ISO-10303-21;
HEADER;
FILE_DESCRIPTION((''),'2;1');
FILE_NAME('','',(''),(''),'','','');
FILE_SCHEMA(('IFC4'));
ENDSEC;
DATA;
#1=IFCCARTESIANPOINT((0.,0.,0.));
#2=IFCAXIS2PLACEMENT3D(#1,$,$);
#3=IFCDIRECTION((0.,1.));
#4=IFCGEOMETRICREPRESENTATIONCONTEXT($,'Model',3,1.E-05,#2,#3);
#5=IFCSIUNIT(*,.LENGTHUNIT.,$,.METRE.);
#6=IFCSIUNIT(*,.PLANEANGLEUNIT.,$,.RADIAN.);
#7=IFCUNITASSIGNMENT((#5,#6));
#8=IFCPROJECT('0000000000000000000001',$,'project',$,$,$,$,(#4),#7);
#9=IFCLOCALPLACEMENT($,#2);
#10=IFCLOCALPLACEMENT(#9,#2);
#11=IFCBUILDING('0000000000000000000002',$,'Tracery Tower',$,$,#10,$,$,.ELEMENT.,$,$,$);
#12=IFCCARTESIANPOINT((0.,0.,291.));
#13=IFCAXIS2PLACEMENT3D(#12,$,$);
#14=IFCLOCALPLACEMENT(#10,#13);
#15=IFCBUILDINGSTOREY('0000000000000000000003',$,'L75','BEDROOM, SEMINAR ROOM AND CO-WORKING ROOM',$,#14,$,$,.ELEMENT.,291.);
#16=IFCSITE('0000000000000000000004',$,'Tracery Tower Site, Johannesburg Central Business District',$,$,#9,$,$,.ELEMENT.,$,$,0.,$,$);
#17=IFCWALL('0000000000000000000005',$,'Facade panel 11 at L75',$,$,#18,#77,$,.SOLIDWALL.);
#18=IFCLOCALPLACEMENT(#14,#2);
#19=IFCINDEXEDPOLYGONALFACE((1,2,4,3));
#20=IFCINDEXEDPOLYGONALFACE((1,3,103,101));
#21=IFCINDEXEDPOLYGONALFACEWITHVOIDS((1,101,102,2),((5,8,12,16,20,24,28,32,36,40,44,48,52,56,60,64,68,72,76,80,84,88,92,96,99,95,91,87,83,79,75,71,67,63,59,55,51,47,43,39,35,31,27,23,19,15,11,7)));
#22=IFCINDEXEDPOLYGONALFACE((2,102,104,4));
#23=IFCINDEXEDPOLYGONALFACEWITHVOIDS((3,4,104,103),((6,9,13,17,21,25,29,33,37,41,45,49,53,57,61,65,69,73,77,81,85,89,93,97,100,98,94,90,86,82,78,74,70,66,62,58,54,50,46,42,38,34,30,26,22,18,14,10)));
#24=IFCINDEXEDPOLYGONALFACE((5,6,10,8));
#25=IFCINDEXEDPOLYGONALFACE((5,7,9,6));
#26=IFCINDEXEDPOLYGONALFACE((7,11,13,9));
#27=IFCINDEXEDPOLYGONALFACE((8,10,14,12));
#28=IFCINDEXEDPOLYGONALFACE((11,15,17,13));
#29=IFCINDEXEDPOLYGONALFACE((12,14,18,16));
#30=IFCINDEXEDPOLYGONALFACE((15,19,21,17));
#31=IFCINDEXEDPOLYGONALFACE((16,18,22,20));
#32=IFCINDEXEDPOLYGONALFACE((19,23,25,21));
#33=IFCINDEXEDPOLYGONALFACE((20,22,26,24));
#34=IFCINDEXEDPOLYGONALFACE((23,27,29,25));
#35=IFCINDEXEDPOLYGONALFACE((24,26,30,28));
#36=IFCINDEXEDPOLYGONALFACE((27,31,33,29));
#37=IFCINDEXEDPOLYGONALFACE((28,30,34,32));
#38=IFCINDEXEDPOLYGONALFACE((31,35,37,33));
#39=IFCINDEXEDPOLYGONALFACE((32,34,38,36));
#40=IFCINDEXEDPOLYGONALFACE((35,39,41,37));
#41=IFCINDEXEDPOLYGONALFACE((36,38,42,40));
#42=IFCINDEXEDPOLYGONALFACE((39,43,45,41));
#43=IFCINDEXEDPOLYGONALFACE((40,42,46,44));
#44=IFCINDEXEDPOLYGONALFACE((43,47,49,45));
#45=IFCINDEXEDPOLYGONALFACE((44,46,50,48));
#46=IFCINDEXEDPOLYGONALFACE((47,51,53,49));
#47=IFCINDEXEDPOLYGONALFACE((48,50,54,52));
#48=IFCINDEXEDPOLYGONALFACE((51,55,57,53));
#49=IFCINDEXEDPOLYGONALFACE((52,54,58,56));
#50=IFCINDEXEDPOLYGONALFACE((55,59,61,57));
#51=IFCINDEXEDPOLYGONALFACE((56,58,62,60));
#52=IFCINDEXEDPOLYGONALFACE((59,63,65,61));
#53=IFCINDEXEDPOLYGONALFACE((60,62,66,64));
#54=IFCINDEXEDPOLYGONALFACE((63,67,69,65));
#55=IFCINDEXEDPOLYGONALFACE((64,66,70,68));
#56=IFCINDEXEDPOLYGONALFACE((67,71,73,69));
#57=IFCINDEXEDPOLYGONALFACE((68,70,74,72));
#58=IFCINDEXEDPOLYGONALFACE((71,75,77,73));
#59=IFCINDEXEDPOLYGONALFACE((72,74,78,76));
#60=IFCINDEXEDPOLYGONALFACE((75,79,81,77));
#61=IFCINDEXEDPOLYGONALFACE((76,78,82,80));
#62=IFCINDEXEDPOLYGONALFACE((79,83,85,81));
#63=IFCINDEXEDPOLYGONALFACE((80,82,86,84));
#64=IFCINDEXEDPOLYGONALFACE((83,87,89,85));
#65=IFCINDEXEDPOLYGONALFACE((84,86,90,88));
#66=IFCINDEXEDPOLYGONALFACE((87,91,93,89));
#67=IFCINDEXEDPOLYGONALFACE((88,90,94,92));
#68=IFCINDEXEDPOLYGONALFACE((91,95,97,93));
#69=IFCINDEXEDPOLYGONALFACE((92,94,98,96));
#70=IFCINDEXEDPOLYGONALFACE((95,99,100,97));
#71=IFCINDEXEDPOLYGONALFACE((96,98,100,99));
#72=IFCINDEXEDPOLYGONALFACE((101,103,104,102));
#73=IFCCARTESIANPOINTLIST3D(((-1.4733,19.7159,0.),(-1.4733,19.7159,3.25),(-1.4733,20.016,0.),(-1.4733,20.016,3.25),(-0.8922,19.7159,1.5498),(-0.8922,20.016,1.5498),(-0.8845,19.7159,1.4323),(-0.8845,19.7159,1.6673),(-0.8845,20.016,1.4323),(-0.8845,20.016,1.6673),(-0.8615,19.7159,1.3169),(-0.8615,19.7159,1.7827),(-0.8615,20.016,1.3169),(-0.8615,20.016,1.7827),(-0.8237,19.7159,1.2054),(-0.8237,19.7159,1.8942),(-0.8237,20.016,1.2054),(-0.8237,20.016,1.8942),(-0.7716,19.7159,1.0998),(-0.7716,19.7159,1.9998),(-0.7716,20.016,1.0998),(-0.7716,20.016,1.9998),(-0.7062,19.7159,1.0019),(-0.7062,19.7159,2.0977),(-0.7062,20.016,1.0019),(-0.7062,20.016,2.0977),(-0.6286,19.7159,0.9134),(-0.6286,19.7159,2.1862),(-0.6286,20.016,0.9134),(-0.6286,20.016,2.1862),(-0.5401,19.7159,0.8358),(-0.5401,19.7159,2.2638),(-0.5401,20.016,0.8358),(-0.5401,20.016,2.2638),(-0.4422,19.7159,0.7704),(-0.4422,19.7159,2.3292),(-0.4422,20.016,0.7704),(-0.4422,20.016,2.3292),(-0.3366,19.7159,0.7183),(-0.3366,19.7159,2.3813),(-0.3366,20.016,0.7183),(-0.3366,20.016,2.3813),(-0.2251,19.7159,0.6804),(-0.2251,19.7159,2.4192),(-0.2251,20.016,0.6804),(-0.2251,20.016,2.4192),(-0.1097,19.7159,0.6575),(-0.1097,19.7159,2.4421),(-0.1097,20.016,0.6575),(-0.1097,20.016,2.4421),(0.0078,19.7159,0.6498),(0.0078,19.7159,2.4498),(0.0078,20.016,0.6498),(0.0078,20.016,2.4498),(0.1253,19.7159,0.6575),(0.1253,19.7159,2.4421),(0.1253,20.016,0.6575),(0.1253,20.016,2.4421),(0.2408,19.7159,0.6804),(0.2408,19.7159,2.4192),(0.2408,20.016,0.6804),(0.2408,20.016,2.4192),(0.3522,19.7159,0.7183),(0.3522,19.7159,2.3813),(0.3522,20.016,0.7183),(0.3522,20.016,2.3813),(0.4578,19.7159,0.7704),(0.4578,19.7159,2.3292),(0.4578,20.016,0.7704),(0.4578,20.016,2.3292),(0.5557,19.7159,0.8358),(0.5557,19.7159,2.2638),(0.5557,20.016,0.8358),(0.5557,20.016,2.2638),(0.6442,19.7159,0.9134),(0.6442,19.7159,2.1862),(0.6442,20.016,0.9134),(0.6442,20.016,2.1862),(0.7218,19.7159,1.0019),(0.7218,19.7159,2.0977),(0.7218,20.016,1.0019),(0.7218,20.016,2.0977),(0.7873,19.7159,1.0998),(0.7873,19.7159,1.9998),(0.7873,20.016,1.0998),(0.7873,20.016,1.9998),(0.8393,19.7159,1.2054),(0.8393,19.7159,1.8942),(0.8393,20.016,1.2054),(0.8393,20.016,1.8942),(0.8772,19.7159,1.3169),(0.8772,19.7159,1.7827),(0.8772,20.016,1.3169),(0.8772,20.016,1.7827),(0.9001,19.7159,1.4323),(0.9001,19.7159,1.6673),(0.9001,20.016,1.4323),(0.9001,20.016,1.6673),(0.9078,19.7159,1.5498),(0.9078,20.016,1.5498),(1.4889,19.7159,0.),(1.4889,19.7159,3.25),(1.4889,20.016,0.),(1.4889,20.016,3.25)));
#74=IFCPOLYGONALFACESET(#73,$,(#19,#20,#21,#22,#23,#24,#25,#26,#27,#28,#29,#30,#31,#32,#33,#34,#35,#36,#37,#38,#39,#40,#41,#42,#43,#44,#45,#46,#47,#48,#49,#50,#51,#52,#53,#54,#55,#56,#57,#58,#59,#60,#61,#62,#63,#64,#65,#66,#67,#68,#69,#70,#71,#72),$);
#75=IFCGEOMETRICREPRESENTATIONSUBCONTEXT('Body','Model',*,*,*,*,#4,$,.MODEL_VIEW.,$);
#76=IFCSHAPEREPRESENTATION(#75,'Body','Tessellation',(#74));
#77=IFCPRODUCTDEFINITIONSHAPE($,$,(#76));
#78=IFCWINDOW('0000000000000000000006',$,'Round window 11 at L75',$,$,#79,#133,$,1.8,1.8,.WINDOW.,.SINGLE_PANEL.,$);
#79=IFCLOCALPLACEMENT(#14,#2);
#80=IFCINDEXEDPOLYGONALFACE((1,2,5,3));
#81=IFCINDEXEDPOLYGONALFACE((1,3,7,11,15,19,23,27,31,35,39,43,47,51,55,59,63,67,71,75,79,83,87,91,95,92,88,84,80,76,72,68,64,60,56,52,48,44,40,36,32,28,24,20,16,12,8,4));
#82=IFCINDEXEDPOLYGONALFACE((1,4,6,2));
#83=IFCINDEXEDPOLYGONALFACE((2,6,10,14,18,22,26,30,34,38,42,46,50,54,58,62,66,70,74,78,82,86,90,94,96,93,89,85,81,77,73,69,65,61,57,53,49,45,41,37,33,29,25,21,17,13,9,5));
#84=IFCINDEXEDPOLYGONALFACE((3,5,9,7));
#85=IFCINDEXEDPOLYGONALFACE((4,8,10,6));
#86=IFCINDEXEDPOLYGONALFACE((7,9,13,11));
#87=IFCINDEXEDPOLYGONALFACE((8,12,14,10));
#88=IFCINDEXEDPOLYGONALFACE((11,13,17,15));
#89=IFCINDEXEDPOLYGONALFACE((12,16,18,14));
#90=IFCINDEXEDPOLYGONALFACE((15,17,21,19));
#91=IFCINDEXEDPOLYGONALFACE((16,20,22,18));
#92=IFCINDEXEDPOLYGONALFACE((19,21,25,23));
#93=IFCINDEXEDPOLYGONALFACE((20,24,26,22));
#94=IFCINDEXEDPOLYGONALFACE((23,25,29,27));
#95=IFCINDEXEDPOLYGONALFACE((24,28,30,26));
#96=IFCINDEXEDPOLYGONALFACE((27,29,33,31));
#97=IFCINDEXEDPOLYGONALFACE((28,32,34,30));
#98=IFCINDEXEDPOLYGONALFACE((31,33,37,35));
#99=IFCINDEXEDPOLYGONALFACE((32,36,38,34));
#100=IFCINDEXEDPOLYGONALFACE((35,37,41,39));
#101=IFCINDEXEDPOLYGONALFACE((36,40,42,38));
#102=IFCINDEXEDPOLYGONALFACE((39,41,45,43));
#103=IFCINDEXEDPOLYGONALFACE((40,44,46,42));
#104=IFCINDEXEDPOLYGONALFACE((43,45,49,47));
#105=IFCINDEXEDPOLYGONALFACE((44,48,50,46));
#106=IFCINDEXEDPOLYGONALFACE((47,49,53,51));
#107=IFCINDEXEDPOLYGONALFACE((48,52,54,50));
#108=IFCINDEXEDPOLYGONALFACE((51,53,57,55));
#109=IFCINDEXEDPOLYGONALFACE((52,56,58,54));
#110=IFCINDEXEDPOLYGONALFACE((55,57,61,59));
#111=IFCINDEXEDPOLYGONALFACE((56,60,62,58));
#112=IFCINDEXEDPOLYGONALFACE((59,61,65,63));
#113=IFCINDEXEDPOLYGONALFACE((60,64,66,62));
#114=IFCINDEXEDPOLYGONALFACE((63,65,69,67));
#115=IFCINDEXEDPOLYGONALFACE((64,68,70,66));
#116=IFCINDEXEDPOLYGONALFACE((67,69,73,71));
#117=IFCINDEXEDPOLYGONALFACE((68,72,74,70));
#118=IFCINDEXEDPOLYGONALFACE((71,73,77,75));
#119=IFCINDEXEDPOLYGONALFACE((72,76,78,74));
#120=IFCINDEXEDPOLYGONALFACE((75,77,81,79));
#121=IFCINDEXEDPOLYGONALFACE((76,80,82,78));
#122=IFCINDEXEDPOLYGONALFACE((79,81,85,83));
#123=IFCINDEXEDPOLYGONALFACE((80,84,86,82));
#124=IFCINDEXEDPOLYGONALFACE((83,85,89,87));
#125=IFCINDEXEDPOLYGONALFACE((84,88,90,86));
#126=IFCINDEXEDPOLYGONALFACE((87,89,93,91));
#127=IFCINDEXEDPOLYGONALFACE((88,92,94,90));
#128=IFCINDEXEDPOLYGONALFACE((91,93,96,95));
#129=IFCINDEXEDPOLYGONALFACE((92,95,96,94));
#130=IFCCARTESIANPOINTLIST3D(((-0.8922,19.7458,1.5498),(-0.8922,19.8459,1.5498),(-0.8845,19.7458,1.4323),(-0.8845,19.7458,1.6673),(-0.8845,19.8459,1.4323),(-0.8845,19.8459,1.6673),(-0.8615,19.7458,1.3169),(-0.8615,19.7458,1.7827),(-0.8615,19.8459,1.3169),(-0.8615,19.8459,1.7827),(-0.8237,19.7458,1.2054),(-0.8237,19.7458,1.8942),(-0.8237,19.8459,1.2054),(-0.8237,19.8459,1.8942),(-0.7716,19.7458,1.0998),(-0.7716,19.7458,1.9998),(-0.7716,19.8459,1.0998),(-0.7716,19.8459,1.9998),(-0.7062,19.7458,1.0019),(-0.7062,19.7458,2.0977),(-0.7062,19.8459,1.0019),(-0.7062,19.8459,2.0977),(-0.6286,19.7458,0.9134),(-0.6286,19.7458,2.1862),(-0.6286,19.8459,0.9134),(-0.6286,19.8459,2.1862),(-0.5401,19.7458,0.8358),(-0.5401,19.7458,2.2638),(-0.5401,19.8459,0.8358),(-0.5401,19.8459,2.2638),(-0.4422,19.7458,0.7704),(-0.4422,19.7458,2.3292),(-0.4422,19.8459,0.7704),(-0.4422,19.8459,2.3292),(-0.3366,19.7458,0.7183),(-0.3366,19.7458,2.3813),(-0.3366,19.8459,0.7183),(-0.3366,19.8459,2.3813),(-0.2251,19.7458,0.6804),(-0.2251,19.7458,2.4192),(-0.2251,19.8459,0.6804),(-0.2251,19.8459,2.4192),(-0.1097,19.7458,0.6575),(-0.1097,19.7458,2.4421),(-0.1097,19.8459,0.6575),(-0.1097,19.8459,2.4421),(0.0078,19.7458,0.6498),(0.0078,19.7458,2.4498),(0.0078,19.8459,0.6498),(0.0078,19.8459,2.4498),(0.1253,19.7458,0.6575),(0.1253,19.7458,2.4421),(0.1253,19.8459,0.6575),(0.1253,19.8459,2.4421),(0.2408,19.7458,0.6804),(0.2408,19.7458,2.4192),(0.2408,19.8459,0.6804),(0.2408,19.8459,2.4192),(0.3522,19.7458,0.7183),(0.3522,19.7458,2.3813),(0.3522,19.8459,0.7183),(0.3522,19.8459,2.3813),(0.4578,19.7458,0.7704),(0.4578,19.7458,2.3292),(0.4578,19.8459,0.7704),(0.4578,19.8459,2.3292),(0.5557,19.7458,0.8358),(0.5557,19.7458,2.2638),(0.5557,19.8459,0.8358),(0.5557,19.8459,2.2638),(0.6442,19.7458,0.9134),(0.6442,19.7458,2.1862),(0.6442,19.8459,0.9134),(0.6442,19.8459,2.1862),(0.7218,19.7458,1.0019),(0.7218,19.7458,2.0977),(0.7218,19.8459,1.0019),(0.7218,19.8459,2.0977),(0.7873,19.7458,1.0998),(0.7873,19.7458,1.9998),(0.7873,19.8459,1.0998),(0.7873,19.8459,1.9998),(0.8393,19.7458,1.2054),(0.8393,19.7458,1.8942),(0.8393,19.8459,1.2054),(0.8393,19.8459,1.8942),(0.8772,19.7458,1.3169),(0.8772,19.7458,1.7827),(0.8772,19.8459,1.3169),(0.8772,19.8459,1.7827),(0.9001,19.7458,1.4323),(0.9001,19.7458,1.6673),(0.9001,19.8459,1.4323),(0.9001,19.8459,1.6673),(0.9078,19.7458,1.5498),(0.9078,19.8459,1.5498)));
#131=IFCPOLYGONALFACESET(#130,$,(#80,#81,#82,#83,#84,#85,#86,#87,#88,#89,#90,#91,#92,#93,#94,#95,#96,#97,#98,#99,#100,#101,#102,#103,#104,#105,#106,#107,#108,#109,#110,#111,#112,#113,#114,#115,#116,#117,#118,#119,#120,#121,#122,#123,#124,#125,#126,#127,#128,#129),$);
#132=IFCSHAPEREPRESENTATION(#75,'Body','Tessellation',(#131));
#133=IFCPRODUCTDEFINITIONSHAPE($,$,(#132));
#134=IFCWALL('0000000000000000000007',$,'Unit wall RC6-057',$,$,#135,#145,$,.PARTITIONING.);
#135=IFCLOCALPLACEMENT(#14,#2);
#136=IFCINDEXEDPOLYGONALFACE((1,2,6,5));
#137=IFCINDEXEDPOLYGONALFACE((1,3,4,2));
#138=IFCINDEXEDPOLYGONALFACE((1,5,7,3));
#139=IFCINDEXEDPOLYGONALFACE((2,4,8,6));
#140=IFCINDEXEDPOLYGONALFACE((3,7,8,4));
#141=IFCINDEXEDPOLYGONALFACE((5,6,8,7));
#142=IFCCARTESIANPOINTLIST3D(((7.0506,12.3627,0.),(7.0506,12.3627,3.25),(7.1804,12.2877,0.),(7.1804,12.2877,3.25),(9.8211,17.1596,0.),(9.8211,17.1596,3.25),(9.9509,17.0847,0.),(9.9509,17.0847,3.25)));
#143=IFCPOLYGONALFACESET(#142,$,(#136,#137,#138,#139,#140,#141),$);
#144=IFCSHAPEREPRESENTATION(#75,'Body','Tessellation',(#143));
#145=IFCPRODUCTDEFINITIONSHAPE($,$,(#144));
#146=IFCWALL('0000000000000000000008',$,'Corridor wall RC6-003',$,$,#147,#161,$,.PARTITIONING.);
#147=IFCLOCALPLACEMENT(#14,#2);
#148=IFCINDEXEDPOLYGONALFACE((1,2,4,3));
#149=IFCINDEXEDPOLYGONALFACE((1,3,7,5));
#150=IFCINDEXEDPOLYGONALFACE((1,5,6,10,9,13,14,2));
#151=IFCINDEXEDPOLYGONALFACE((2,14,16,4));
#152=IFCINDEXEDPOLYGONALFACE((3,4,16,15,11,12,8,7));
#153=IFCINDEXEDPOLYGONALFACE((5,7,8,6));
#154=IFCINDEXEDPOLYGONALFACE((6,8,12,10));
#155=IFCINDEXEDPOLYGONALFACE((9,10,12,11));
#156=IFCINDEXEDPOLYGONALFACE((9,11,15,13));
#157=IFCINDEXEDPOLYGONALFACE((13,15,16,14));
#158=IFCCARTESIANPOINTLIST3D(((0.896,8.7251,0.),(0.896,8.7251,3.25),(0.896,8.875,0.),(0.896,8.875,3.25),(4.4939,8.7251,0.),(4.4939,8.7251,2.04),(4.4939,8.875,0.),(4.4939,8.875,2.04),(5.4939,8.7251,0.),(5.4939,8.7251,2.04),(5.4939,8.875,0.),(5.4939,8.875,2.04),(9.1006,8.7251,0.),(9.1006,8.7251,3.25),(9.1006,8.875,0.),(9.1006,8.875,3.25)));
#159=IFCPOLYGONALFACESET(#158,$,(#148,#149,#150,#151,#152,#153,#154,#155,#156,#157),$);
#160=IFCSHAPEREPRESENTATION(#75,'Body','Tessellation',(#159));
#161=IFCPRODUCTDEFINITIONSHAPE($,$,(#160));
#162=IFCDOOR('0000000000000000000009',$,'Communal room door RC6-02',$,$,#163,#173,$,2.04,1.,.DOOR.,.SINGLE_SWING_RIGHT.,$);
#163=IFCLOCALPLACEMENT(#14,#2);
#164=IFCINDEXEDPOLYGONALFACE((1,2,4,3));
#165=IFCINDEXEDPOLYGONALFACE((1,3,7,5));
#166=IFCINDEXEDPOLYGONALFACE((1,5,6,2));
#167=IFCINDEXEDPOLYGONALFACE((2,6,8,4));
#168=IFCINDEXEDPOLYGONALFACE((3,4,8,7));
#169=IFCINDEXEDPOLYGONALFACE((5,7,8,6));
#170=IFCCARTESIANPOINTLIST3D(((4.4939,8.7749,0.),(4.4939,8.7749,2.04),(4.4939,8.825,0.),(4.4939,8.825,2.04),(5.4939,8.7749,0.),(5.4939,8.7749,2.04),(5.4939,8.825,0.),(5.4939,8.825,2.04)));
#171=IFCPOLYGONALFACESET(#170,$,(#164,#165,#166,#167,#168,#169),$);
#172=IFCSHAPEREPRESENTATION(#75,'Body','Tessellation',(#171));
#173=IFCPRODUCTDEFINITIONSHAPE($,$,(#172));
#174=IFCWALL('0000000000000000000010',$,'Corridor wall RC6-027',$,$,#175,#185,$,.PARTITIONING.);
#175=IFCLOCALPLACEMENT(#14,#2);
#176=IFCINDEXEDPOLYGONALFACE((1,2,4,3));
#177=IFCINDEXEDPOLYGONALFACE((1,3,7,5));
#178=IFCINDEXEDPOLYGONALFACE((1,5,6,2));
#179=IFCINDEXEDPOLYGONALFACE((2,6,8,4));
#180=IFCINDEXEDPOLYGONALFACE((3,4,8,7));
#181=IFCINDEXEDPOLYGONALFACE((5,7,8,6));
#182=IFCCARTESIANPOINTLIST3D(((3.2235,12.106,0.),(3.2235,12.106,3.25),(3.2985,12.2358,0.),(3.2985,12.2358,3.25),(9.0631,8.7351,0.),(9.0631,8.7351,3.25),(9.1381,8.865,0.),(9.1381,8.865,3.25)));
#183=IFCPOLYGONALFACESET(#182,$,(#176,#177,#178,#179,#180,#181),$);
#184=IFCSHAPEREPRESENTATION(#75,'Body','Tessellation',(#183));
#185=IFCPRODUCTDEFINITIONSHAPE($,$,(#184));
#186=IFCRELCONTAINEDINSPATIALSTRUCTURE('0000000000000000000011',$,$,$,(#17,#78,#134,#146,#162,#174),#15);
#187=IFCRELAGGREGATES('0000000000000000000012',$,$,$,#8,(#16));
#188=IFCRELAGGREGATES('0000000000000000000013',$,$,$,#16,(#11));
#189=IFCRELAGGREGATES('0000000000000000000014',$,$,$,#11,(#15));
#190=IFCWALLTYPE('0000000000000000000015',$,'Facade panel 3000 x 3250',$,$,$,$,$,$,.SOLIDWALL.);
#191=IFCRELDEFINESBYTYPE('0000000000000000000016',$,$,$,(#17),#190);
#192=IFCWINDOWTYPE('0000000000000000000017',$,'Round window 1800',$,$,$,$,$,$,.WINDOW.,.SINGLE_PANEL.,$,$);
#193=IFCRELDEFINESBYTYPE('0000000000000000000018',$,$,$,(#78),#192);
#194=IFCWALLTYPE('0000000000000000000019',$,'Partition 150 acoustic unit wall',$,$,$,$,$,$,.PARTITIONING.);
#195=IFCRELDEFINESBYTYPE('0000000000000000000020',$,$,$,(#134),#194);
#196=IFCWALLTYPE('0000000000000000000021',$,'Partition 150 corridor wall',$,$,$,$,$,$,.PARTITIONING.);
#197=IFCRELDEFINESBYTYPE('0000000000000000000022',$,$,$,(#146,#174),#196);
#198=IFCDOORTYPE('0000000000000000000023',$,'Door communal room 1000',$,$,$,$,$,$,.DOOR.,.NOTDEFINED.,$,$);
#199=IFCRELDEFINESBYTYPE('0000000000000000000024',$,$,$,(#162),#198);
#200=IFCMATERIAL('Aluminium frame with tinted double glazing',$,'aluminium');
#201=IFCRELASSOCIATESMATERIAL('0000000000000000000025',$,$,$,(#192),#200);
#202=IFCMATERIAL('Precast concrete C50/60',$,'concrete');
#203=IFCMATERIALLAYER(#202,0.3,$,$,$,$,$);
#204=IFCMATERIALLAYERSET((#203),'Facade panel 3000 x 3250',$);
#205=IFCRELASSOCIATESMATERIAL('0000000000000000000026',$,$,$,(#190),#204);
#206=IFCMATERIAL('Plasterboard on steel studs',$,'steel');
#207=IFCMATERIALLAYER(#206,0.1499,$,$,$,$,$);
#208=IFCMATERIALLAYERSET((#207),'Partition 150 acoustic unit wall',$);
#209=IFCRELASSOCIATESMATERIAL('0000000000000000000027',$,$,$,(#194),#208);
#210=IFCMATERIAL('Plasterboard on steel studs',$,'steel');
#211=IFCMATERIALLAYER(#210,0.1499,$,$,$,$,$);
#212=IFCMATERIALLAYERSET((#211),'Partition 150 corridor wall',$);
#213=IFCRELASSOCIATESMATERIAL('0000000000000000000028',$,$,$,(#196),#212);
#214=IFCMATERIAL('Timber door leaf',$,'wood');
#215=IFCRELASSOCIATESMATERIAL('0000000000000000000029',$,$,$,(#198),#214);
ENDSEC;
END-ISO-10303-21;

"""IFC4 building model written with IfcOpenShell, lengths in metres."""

from ifc_helpers import new_model, si_unit, direction, frame, frame_2d, origin, origin_2d, place, context, subcontext, project, spatial, rectangle, circle, extrude, material, layer, layer_set, type_object, element, fill, save


model = new_model("IFC4")

# Units and contexts
model_context = context("Model", 3, precision=1e-05, world=origin(), true_north=direction((0.0, 1.0)))
body_context = subcontext(model_context, "Body", "Model", "MODEL_VIEW")
ifc_project = project(units=[si_unit("LENGTHUNIT", "METRE"), si_unit("PLANEANGLEUNIT", "RADIAN")], contexts=[model_context])

# Site, building, storey
site_placement = place(None, origin())
site = spatial("IfcSite", under=ifc_project, at=site_placement, Name="Tracery Tower Site, Johannesburg Central Business District", CompositionType="ELEMENT", RefElevation=0.0)
building_placement = place(site_placement, origin())
building = spatial("IfcBuilding", under=site, at=building_placement, Name="Tracery Tower", CompositionType="ELEMENT")
storey_placement = place(building_placement, frame((0.0, 0.0, 291.0)))
storey = spatial("IfcBuildingStorey", under=building, at=storey_placement, Name="L75", Description="BEDROOM, SEMINAR ROOM AND CO-WORKING ROOM", CompositionType="ELEMENT", Elevation=291.0)

# Wall, opening, window
ifc_material_1 = material(Name="Aluminium frame with tinted double glazing", Category="aluminium")
window_type = type_object("IfcWindowType", Name="Round window 1800", PartitioningType="SINGLE_PANEL", PredefinedType="WINDOW", material=ifc_material_1)
ifc_material_2 = material(Name="Precast concrete C50/60", Category="concrete")
ifc_layer_1 = layer(ifc_material_2, 0.3)
ifc_layer_set_1 = layer_set([ifc_layer_1], Name="Facade panel 3000 x 3250")
wall_type_1 = type_object("IfcWallType", Name="Facade panel 3000 x 3250", PredefinedType="SOLIDWALL", material=ifc_layer_set_1)
wall_1_placement = place(storey_placement, frame((1.4888, 19.866, 0.0), z_axis=(0.0, 0.0, 1.0), x_axis=(-1.0, 0.0, 0.0)))
wall_1 = element("IfcWall", 1, at=wall_1_placement, inside=storey, type_object=wall_type_1, Name="Facade panel 11 at L75", PredefinedType="SOLIDWALL", context=body_context, shape_type="SweptSolid", body=[
    extrude(rectangle(XDim=2.9622, YDim=0.3, at=frame_2d((1.481, 0.0))), origin(), (0.0, 0.0, 1.0), 3.25),
])
opening_1_placement = place(wall_1_placement, frame((1.481, 0.0, 1.5498)))
opening_1 = element("IfcOpeningElement", 2, at=opening_1_placement, cuts=wall_1, PredefinedType="OPENING", context=body_context, shape_type="SweptSolid", body=[
    extrude(circle(Radius=0.9, at=origin_2d()), frame((0.0, 0.1599, 0.0), z_axis=(0.0, -1.0, 0.0), x_axis=(1.0, 0.0, 0.0)), (0.0, 0.0, 1.0), 0.3201),
])
window_1_placement = place(opening_1_placement, origin())
window_1 = element("IfcWindow", 3, at=window_1_placement, inside=storey, type_object=window_type, Name="Round window 11 at L75", OverallHeight=1.8, OverallWidth=1.8, PartitioningType="SINGLE_PANEL", PredefinedType="WINDOW", context=body_context, shape_type="SweptSolid", body=[
    extrude(circle(Radius=0.9, at=origin_2d()), frame((0.0, 0.1201, 0.0), z_axis=(0.0, -1.0, 0.0), x_axis=(1.0, 0.0, 0.0)), (0.0, 0.0, 1.0), 0.1001),
])
fill(opening_1, window_1)

# Wall
ifc_material_3 = material(Name="Plasterboard on steel studs", Category="steel")
ifc_layer_2 = layer(ifc_material_3, 0.1499)
ifc_layer_set_2 = layer_set([ifc_layer_2], Name="Partition 150 acoustic unit wall")
wall_type_2 = type_object("IfcWallType", Name="Partition 150 acoustic unit wall", PredefinedType="PARTITIONING", material=ifc_layer_set_2)
wall_2_placement = place(storey_placement, frame((7.1155, 12.3252, 0.0), z_axis=(0.0, 0.0, 1.0), x_axis=(0.50014, 0.865945, 0.0)))
element("IfcWall", 4, at=wall_2_placement, inside=storey, type_object=wall_type_2, Name="Unit wall RC6-057", PredefinedType="PARTITIONING", context=body_context, shape_type="SweptSolid", body=[
    extrude(rectangle(XDim=5.5396, YDim=0.1499, at=frame_2d((2.7698, 0.0))), origin(), (0.0, 0.0, 1.0), 3.25),
])

# Wall, opening, door
ifc_material_4 = material(Name="Plasterboard on steel studs", Category="steel")
ifc_layer_3 = layer(ifc_material_4, 0.1499)
ifc_layer_set_3 = layer_set([ifc_layer_3], Name="Partition 150 corridor wall")
wall_type_3 = type_object("IfcWallType", Name="Partition 150 corridor wall", PredefinedType="PARTITIONING", material=ifc_layer_set_3)
wall_3_placement = place(storey_placement, frame((0.896, 8.8, 0.0), z_axis=(0.0, 0.0, 1.0), x_axis=(1.0, 0.0, 0.0)))
wall_3 = element("IfcWall", 5, at=wall_3_placement, inside=storey, type_object=wall_type_3, Name="Corridor wall RC6-003", PredefinedType="PARTITIONING", context=body_context, shape_type="SweptSolid", body=[
    extrude(rectangle(XDim=8.2046, YDim=0.1499, at=frame_2d((4.1023, 0.0))), origin(), (0.0, 0.0, 1.0), 3.25),
])
opening_2_placement = place(wall_3_placement, frame((3.5979, 0.0, 0.0)))
opening_2 = element("IfcOpeningElement", 6, at=opening_2_placement, cuts=wall_3, PredefinedType="OPENING", context=body_context, shape_type="SweptSolid", body=[
    extrude(rectangle(XDim=1.0, YDim=2.04, at=frame_2d((0.5, 1.02))), frame((0.0, 0.075, 0.0), z_axis=(0.0, -1.0, 0.0), x_axis=(1.0, 0.0, 0.0)), (0.0, 0.0, 1.0), 0.1499),
])
ifc_material_5 = material(Name="Timber door leaf", Category="wood")
door_type = type_object("IfcDoorType", Name="Door communal room 1000", OperationType="NOTDEFINED", PredefinedType="DOOR", material=ifc_material_5)
door_placement = place(opening_2_placement, origin())
door = element("IfcDoor", 7, at=door_placement, inside=storey, type_object=door_type, Name="Communal room door RC6-02", OperationType="SINGLE_SWING_RIGHT", OverallHeight=2.04, OverallWidth=1.0, PredefinedType="DOOR", context=body_context, shape_type="SweptSolid", body=[
    extrude(rectangle(XDim=1.0, YDim=2.04, at=frame_2d((0.5, 1.02))), frame((0.0, 0.0249, 0.0), z_axis=(0.0, -1.0, 0.0), x_axis=(1.0, 0.0, 0.0)), (0.0, 0.0, 1.0), 0.05),
])
fill(opening_2, door)

# Wall
wall_4_placement = place(storey_placement, frame((3.261, 12.1709, 0.0), z_axis=(0.0, 0.0, 1.0), x_axis=(0.866067, -0.499928, 0.0)))
element("IfcWall", 8, at=wall_4_placement, inside=storey, type_object=wall_type_3, Name="Corridor wall RC6-027", PredefinedType="PARTITIONING", context=body_context, shape_type="SweptSolid", body=[
    extrude(rectangle(XDim=6.7427, YDim=0.1499, at=frame_2d((3.3713, 0.0))), origin(), (0.0, 0.0, 1.0), 3.25),
])

save(model, "model.ifc")
